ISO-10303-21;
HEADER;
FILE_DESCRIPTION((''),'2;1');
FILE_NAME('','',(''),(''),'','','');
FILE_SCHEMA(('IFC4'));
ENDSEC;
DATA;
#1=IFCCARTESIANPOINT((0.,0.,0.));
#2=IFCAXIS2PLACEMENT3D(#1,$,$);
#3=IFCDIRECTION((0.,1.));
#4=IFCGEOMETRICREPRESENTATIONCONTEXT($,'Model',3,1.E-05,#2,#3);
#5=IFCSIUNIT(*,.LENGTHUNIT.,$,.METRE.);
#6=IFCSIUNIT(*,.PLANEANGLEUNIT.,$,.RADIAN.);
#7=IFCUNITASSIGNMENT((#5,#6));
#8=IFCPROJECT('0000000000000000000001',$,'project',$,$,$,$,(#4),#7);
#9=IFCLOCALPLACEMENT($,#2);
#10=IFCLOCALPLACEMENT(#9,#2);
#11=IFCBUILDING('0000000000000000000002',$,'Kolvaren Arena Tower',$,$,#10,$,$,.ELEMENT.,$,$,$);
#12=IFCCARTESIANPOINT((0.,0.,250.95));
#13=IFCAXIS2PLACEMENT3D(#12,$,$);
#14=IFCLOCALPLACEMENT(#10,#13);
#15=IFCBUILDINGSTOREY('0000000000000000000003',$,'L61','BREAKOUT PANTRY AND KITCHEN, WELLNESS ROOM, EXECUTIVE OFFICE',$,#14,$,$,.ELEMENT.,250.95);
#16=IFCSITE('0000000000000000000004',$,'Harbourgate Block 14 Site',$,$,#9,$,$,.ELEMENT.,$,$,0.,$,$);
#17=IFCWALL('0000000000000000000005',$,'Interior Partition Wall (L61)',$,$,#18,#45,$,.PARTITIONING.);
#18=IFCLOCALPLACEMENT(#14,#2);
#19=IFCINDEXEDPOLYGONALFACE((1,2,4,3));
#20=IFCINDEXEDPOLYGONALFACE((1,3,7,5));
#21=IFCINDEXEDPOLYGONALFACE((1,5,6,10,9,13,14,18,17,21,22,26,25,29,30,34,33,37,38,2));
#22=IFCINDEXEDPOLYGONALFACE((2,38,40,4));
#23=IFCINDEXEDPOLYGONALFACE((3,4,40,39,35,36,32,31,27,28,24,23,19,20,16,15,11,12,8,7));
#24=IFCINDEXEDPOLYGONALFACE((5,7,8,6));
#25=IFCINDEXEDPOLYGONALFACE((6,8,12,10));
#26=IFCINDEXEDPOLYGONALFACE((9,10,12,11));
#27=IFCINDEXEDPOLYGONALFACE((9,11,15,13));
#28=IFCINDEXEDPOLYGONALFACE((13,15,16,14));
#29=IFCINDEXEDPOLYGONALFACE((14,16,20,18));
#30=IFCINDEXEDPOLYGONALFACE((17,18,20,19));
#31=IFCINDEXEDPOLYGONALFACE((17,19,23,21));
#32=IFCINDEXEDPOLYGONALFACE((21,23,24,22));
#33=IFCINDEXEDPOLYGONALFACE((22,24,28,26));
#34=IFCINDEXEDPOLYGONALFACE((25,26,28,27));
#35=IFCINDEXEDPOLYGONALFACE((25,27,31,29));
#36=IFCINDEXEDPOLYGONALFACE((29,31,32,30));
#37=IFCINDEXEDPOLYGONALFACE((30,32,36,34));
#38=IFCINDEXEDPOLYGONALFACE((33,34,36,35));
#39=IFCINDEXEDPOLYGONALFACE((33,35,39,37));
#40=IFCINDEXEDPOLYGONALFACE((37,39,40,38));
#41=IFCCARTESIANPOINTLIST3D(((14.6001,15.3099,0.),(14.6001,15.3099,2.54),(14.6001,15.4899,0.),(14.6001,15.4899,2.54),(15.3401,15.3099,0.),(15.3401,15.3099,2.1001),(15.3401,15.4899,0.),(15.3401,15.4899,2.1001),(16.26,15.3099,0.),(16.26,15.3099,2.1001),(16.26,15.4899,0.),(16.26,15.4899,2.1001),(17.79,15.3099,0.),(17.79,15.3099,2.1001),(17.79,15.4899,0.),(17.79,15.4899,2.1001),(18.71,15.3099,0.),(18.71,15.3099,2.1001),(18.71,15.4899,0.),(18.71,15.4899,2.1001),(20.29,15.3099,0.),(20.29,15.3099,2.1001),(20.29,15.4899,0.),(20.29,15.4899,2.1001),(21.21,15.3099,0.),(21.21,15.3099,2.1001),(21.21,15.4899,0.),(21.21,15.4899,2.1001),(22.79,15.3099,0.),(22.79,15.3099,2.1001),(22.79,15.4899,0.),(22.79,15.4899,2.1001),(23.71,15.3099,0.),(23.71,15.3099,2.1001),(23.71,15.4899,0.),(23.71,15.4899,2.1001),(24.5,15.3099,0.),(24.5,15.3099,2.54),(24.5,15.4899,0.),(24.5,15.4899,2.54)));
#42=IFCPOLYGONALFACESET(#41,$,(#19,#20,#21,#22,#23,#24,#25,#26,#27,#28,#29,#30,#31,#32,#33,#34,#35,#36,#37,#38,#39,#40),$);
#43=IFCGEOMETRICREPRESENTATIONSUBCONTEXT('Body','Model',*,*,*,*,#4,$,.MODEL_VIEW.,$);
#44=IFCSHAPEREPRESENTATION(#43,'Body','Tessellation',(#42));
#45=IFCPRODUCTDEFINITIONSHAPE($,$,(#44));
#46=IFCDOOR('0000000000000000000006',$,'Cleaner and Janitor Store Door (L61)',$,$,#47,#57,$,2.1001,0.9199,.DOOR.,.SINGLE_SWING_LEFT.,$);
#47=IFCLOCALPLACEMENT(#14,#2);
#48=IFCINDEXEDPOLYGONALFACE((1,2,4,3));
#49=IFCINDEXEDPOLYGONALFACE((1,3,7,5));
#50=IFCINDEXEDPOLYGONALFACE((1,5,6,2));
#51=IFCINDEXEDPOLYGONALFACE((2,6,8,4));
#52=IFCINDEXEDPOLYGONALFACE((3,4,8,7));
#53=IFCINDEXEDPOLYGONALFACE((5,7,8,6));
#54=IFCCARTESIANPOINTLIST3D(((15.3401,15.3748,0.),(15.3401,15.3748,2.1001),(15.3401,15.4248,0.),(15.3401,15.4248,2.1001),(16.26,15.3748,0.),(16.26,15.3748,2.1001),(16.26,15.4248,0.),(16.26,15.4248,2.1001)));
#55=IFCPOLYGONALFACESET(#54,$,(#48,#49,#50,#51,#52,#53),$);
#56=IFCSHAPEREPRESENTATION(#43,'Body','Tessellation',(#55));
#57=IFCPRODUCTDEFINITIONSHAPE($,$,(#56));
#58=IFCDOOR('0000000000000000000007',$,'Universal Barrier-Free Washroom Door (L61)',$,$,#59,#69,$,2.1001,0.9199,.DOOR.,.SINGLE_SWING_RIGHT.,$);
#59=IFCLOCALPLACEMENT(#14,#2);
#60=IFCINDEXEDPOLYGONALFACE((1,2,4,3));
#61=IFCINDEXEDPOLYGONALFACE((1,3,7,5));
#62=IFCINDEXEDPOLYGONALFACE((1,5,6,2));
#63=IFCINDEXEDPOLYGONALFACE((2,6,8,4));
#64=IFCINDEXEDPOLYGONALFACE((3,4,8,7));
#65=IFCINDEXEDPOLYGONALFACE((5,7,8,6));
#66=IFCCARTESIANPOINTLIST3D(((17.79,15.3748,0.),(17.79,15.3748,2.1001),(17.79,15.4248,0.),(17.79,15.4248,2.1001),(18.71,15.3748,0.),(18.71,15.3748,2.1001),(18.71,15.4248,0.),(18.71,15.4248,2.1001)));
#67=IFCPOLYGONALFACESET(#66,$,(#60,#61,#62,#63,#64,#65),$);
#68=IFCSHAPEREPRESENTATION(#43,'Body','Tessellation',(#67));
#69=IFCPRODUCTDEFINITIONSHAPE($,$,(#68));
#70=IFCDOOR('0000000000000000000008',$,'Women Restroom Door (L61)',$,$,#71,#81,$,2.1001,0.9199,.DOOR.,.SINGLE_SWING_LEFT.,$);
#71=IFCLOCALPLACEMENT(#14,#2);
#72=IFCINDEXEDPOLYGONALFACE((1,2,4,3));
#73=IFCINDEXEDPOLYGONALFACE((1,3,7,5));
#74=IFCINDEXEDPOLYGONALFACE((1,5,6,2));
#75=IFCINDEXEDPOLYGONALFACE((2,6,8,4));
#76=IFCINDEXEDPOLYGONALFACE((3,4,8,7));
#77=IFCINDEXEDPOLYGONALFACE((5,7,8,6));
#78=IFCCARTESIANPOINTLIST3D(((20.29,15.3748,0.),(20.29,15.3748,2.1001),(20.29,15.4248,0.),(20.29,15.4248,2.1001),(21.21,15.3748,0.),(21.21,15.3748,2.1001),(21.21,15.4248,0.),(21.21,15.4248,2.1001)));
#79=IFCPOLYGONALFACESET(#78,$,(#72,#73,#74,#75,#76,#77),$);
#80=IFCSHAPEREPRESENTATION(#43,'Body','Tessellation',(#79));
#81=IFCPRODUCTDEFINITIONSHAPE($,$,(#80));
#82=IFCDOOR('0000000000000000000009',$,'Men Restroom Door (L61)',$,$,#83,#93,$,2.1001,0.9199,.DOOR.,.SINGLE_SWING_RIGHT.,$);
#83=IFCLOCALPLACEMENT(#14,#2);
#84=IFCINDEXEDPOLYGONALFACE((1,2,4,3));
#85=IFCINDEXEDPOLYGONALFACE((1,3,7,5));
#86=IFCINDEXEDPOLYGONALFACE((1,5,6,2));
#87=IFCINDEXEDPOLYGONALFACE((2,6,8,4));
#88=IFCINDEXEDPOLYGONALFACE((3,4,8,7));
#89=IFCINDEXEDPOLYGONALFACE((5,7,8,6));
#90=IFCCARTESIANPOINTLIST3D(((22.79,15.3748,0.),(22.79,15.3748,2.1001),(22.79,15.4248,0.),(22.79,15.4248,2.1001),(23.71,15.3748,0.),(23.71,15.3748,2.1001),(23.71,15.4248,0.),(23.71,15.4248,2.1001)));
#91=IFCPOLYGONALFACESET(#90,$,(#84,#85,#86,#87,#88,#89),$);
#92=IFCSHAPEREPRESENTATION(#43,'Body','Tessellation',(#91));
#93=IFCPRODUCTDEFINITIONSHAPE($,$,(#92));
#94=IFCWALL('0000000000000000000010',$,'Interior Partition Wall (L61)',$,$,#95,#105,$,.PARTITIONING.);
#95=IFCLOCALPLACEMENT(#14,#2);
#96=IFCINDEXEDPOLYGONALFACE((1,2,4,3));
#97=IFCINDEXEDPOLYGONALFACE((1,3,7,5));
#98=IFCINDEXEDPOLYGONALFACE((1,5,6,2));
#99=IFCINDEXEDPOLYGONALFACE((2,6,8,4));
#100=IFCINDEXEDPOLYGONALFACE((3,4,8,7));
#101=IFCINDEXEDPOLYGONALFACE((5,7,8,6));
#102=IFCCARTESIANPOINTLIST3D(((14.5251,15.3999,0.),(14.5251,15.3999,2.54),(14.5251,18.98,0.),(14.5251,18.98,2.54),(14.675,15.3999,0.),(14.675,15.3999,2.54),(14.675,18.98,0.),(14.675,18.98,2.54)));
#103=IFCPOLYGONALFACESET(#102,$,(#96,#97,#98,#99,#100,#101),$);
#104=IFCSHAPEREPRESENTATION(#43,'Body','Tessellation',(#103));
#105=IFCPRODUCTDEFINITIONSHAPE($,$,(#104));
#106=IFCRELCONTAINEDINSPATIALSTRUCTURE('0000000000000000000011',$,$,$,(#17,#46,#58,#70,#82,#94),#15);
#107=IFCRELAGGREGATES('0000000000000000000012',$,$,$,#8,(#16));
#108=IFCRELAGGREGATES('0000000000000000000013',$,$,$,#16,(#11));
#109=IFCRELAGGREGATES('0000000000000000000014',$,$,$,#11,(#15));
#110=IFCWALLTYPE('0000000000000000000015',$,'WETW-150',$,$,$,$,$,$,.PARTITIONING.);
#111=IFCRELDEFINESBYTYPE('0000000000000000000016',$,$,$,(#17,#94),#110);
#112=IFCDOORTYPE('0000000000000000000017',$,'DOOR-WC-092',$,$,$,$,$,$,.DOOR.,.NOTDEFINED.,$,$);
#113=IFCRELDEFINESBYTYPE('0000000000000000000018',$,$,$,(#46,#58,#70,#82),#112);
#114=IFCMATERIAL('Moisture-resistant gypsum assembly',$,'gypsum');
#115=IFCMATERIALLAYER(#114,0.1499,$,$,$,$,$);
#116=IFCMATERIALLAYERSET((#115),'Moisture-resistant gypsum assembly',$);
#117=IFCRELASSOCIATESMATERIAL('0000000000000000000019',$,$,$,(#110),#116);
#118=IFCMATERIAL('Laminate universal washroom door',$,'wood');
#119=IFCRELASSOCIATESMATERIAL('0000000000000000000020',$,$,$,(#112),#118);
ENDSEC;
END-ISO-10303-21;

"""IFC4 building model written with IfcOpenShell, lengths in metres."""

from ifc_helpers import new_model, si_unit, direction, frame, frame_2d, origin, place, context, subcontext, project, spatial, rectangle, extrude, material, layer, layer_set, type_object, element, fill, save


model = new_model("IFC4")

# Units and contexts
model_context = context("Model", 3, precision=1e-05, world=origin(), true_north=direction((0.0, 1.0)))
body_context = subcontext(model_context, "Body", "Model", "MODEL_VIEW")
ifc_project = project(units=[si_unit("LENGTHUNIT", "METRE"), si_unit("PLANEANGLEUNIT", "RADIAN")], contexts=[model_context])

# Site, building, storey
site_placement = place(None, origin())
site = spatial("IfcSite", under=ifc_project, at=site_placement, Name="Harbourgate Block 14 Site", CompositionType="ELEMENT", RefElevation=0.0)
building_placement = place(site_placement, origin())
building = spatial("IfcBuilding", under=site, at=building_placement, Name="Kolvaren Arena Tower", CompositionType="ELEMENT")
storey_placement = place(building_placement, frame((0.0, 0.0, 250.95)))
storey = spatial("IfcBuildingStorey", under=building, at=storey_placement, Name="L61", Description="BREAKOUT PANTRY AND KITCHEN, WELLNESS ROOM, EXECUTIVE OFFICE", CompositionType="ELEMENT", Elevation=250.95)

# Wall, openings, doors
ifc_material_1 = material(Name="Moisture-resistant gypsum assembly", Category="gypsum")
ifc_layer_1 = layer(ifc_material_1, 0.1499)
ifc_layer_set_1 = layer_set([ifc_layer_1], Name="Moisture-resistant gypsum assembly")
wall_type_1 = type_object("IfcWallType", Name="WETW-150", PredefinedType="PARTITIONING", material=ifc_layer_set_1)
wall_1_placement = place(storey_placement, frame((14.6001, 15.3999, 0.0), z_axis=(0.0, 0.0, 1.0), x_axis=(1.0, 0.0, 0.0)))
wall_1 = element("IfcWall", 1, at=wall_1_placement, inside=storey, type_object=wall_type_1, Name="Interior Partition Wall (L61)", PredefinedType="PARTITIONING", context=body_context, shape_type="SweptSolid", body=[
    extrude(rectangle(XDim=9.8999, YDim=0.1799, at=frame_2d((4.95, 0.0))), origin(), (0.0, 0.0, 1.0), 2.54),
])
opening_1_placement = place(wall_1_placement, frame((0.74, 0.0, 0.0)))
opening_1 = element("IfcOpeningElement", 2, at=opening_1_placement, cuts=wall_1, PredefinedType="OPENING", context=body_context, shape_type="SweptSolid", body=[
    extrude(rectangle(XDim=0.9199, YDim=2.1001, at=frame_2d((0.46, 1.05))), frame((0.0, 0.0999, 0.0), z_axis=(0.0, -1.0, 0.0), x_axis=(1.0, 0.0, 0.0)), (0.0, 0.0, 1.0), 0.2),
])
opening_2_placement = place(wall_1_placement, frame((3.1899, 0.0, 0.0)))
opening_2 = element("IfcOpeningElement", 3, at=opening_2_placement, cuts=wall_1, PredefinedType="OPENING", context=body_context, shape_type="SweptSolid", body=[
    extrude(rectangle(XDim=0.9199, YDim=2.1001, at=frame_2d((0.46, 1.05))), frame((0.0, 0.0999, 0.0), z_axis=(0.0, -1.0, 0.0), x_axis=(1.0, 0.0, 0.0)), (0.0, 0.0, 1.0), 0.2),
])
opening_3_placement = place(wall_1_placement, frame((5.6899, 0.0, 0.0)))
opening_3 = element("IfcOpeningElement", 4, at=opening_3_placement, cuts=wall_1, PredefinedType="OPENING", context=body_context, shape_type="SweptSolid", body=[
    extrude(rectangle(XDim=0.9199, YDim=2.1001, at=frame_2d((0.46, 1.05))), frame((0.0, 0.0999, 0.0), z_axis=(0.0, -1.0, 0.0), x_axis=(1.0, 0.0, 0.0)), (0.0, 0.0, 1.0), 0.2),
])
opening_4_placement = place(wall_1_placement, frame((8.1899, 0.0, 0.0)))
opening_4 = element("IfcOpeningElement", 5, at=opening_4_placement, cuts=wall_1, PredefinedType="OPENING", context=body_context, shape_type="SweptSolid", body=[
    extrude(rectangle(XDim=0.9199, YDim=2.1001, at=frame_2d((0.46, 1.05))), frame((0.0, 0.0999, 0.0), z_axis=(0.0, -1.0, 0.0), x_axis=(1.0, 0.0, 0.0)), (0.0, 0.0, 1.0), 0.2),
])
ifc_material_2 = material(Name="Laminate universal washroom door", Category="wood")
door_type_1 = type_object("IfcDoorType", Name="DOOR-WC-092", OperationType="NOTDEFINED", PredefinedType="DOOR", material=ifc_material_2)
door_1_placement = place(opening_1_placement, origin())
door_1 = element("IfcDoor", 6, at=door_1_placement, inside=storey, type_object=door_type_1, Name="Cleaner and Janitor Store Door (L61)", OperationType="SINGLE_SWING_LEFT", OverallHeight=2.1001, OverallWidth=0.9199, PredefinedType="DOOR", context=body_context, shape_type="SweptSolid", body=[
    extrude(rectangle(XDim=0.9199, YDim=2.1001, at=frame_2d((0.46, 1.05))), frame((0.0, 0.0249, 0.0), z_axis=(0.0, -1.0, 0.0), x_axis=(1.0, 0.0, 0.0)), (0.0, 0.0, 1.0), 0.05),
])
fill(opening_1, door_1)
door_2_placement = place(opening_2_placement, origin())
door_2 = element("IfcDoor", 7, at=door_2_placement, inside=storey, type_object=door_type_1, Name="Universal Barrier-Free Washroom Door (L61)", OperationType="SINGLE_SWING_RIGHT", OverallHeight=2.1001, OverallWidth=0.9199, PredefinedType="DOOR", context=body_context, shape_type="SweptSolid", body=[
    extrude(rectangle(XDim=0.9199, YDim=2.1001, at=frame_2d((0.46, 1.05))), frame((0.0, 0.0249, 0.0), z_axis=(0.0, -1.0, 0.0), x_axis=(1.0, 0.0, 0.0)), (0.0, 0.0, 1.0), 0.05),
])
fill(opening_2, door_2)
door_3_placement = place(opening_3_placement, origin())
door_3 = element("IfcDoor", 8, at=door_3_placement, inside=storey, type_object=door_type_1, Name="Women Restroom Door (L61)", OperationType="SINGLE_SWING_LEFT", OverallHeight=2.1001, OverallWidth=0.9199, PredefinedType="DOOR", context=body_context, shape_type="SweptSolid", body=[
    extrude(rectangle(XDim=0.9199, YDim=2.1001, at=frame_2d((0.46, 1.05))), frame((0.0, 0.0249, 0.0), z_axis=(0.0, -1.0, 0.0), x_axis=(1.0, 0.0, 0.0)), (0.0, 0.0, 1.0), 0.05),
])
fill(opening_3, door_3)
door_4_placement = place(opening_4_placement, origin())
door_4 = element("IfcDoor", 9, at=door_4_placement, inside=storey, type_object=door_type_1, Name="Men Restroom Door (L61)", OperationType="SINGLE_SWING_RIGHT", OverallHeight=2.1001, OverallWidth=0.9199, PredefinedType="DOOR", context=body_context, shape_type="SweptSolid", body=[
    extrude(rectangle(XDim=0.9199, YDim=2.1001, at=frame_2d((0.46, 1.05))), frame((0.0, 0.0249, 0.0), z_axis=(0.0, -1.0, 0.0), x_axis=(1.0, 0.0, 0.0)), (0.0, 0.0, 1.0), 0.05),
])
fill(opening_4, door_4)

# Wall
wall_2_placement = place(storey_placement, frame((14.6001, 15.3999, 0.0), z_axis=(0.0, 0.0, 1.0), x_axis=(0.0, 1.0, 0.0)))
element("IfcWall", 10, at=wall_2_placement, inside=storey, type_object=wall_type_1, Name="Interior Partition Wall (L61)", PredefinedType="PARTITIONING", context=body_context, shape_type="SweptSolid", body=[
    extrude(rectangle(XDim=3.5801, YDim=0.1499, at=frame_2d((1.79, 0.0))), origin(), (0.0, 0.0, 1.0), 2.54),
])

save(model, "model.ifc")
